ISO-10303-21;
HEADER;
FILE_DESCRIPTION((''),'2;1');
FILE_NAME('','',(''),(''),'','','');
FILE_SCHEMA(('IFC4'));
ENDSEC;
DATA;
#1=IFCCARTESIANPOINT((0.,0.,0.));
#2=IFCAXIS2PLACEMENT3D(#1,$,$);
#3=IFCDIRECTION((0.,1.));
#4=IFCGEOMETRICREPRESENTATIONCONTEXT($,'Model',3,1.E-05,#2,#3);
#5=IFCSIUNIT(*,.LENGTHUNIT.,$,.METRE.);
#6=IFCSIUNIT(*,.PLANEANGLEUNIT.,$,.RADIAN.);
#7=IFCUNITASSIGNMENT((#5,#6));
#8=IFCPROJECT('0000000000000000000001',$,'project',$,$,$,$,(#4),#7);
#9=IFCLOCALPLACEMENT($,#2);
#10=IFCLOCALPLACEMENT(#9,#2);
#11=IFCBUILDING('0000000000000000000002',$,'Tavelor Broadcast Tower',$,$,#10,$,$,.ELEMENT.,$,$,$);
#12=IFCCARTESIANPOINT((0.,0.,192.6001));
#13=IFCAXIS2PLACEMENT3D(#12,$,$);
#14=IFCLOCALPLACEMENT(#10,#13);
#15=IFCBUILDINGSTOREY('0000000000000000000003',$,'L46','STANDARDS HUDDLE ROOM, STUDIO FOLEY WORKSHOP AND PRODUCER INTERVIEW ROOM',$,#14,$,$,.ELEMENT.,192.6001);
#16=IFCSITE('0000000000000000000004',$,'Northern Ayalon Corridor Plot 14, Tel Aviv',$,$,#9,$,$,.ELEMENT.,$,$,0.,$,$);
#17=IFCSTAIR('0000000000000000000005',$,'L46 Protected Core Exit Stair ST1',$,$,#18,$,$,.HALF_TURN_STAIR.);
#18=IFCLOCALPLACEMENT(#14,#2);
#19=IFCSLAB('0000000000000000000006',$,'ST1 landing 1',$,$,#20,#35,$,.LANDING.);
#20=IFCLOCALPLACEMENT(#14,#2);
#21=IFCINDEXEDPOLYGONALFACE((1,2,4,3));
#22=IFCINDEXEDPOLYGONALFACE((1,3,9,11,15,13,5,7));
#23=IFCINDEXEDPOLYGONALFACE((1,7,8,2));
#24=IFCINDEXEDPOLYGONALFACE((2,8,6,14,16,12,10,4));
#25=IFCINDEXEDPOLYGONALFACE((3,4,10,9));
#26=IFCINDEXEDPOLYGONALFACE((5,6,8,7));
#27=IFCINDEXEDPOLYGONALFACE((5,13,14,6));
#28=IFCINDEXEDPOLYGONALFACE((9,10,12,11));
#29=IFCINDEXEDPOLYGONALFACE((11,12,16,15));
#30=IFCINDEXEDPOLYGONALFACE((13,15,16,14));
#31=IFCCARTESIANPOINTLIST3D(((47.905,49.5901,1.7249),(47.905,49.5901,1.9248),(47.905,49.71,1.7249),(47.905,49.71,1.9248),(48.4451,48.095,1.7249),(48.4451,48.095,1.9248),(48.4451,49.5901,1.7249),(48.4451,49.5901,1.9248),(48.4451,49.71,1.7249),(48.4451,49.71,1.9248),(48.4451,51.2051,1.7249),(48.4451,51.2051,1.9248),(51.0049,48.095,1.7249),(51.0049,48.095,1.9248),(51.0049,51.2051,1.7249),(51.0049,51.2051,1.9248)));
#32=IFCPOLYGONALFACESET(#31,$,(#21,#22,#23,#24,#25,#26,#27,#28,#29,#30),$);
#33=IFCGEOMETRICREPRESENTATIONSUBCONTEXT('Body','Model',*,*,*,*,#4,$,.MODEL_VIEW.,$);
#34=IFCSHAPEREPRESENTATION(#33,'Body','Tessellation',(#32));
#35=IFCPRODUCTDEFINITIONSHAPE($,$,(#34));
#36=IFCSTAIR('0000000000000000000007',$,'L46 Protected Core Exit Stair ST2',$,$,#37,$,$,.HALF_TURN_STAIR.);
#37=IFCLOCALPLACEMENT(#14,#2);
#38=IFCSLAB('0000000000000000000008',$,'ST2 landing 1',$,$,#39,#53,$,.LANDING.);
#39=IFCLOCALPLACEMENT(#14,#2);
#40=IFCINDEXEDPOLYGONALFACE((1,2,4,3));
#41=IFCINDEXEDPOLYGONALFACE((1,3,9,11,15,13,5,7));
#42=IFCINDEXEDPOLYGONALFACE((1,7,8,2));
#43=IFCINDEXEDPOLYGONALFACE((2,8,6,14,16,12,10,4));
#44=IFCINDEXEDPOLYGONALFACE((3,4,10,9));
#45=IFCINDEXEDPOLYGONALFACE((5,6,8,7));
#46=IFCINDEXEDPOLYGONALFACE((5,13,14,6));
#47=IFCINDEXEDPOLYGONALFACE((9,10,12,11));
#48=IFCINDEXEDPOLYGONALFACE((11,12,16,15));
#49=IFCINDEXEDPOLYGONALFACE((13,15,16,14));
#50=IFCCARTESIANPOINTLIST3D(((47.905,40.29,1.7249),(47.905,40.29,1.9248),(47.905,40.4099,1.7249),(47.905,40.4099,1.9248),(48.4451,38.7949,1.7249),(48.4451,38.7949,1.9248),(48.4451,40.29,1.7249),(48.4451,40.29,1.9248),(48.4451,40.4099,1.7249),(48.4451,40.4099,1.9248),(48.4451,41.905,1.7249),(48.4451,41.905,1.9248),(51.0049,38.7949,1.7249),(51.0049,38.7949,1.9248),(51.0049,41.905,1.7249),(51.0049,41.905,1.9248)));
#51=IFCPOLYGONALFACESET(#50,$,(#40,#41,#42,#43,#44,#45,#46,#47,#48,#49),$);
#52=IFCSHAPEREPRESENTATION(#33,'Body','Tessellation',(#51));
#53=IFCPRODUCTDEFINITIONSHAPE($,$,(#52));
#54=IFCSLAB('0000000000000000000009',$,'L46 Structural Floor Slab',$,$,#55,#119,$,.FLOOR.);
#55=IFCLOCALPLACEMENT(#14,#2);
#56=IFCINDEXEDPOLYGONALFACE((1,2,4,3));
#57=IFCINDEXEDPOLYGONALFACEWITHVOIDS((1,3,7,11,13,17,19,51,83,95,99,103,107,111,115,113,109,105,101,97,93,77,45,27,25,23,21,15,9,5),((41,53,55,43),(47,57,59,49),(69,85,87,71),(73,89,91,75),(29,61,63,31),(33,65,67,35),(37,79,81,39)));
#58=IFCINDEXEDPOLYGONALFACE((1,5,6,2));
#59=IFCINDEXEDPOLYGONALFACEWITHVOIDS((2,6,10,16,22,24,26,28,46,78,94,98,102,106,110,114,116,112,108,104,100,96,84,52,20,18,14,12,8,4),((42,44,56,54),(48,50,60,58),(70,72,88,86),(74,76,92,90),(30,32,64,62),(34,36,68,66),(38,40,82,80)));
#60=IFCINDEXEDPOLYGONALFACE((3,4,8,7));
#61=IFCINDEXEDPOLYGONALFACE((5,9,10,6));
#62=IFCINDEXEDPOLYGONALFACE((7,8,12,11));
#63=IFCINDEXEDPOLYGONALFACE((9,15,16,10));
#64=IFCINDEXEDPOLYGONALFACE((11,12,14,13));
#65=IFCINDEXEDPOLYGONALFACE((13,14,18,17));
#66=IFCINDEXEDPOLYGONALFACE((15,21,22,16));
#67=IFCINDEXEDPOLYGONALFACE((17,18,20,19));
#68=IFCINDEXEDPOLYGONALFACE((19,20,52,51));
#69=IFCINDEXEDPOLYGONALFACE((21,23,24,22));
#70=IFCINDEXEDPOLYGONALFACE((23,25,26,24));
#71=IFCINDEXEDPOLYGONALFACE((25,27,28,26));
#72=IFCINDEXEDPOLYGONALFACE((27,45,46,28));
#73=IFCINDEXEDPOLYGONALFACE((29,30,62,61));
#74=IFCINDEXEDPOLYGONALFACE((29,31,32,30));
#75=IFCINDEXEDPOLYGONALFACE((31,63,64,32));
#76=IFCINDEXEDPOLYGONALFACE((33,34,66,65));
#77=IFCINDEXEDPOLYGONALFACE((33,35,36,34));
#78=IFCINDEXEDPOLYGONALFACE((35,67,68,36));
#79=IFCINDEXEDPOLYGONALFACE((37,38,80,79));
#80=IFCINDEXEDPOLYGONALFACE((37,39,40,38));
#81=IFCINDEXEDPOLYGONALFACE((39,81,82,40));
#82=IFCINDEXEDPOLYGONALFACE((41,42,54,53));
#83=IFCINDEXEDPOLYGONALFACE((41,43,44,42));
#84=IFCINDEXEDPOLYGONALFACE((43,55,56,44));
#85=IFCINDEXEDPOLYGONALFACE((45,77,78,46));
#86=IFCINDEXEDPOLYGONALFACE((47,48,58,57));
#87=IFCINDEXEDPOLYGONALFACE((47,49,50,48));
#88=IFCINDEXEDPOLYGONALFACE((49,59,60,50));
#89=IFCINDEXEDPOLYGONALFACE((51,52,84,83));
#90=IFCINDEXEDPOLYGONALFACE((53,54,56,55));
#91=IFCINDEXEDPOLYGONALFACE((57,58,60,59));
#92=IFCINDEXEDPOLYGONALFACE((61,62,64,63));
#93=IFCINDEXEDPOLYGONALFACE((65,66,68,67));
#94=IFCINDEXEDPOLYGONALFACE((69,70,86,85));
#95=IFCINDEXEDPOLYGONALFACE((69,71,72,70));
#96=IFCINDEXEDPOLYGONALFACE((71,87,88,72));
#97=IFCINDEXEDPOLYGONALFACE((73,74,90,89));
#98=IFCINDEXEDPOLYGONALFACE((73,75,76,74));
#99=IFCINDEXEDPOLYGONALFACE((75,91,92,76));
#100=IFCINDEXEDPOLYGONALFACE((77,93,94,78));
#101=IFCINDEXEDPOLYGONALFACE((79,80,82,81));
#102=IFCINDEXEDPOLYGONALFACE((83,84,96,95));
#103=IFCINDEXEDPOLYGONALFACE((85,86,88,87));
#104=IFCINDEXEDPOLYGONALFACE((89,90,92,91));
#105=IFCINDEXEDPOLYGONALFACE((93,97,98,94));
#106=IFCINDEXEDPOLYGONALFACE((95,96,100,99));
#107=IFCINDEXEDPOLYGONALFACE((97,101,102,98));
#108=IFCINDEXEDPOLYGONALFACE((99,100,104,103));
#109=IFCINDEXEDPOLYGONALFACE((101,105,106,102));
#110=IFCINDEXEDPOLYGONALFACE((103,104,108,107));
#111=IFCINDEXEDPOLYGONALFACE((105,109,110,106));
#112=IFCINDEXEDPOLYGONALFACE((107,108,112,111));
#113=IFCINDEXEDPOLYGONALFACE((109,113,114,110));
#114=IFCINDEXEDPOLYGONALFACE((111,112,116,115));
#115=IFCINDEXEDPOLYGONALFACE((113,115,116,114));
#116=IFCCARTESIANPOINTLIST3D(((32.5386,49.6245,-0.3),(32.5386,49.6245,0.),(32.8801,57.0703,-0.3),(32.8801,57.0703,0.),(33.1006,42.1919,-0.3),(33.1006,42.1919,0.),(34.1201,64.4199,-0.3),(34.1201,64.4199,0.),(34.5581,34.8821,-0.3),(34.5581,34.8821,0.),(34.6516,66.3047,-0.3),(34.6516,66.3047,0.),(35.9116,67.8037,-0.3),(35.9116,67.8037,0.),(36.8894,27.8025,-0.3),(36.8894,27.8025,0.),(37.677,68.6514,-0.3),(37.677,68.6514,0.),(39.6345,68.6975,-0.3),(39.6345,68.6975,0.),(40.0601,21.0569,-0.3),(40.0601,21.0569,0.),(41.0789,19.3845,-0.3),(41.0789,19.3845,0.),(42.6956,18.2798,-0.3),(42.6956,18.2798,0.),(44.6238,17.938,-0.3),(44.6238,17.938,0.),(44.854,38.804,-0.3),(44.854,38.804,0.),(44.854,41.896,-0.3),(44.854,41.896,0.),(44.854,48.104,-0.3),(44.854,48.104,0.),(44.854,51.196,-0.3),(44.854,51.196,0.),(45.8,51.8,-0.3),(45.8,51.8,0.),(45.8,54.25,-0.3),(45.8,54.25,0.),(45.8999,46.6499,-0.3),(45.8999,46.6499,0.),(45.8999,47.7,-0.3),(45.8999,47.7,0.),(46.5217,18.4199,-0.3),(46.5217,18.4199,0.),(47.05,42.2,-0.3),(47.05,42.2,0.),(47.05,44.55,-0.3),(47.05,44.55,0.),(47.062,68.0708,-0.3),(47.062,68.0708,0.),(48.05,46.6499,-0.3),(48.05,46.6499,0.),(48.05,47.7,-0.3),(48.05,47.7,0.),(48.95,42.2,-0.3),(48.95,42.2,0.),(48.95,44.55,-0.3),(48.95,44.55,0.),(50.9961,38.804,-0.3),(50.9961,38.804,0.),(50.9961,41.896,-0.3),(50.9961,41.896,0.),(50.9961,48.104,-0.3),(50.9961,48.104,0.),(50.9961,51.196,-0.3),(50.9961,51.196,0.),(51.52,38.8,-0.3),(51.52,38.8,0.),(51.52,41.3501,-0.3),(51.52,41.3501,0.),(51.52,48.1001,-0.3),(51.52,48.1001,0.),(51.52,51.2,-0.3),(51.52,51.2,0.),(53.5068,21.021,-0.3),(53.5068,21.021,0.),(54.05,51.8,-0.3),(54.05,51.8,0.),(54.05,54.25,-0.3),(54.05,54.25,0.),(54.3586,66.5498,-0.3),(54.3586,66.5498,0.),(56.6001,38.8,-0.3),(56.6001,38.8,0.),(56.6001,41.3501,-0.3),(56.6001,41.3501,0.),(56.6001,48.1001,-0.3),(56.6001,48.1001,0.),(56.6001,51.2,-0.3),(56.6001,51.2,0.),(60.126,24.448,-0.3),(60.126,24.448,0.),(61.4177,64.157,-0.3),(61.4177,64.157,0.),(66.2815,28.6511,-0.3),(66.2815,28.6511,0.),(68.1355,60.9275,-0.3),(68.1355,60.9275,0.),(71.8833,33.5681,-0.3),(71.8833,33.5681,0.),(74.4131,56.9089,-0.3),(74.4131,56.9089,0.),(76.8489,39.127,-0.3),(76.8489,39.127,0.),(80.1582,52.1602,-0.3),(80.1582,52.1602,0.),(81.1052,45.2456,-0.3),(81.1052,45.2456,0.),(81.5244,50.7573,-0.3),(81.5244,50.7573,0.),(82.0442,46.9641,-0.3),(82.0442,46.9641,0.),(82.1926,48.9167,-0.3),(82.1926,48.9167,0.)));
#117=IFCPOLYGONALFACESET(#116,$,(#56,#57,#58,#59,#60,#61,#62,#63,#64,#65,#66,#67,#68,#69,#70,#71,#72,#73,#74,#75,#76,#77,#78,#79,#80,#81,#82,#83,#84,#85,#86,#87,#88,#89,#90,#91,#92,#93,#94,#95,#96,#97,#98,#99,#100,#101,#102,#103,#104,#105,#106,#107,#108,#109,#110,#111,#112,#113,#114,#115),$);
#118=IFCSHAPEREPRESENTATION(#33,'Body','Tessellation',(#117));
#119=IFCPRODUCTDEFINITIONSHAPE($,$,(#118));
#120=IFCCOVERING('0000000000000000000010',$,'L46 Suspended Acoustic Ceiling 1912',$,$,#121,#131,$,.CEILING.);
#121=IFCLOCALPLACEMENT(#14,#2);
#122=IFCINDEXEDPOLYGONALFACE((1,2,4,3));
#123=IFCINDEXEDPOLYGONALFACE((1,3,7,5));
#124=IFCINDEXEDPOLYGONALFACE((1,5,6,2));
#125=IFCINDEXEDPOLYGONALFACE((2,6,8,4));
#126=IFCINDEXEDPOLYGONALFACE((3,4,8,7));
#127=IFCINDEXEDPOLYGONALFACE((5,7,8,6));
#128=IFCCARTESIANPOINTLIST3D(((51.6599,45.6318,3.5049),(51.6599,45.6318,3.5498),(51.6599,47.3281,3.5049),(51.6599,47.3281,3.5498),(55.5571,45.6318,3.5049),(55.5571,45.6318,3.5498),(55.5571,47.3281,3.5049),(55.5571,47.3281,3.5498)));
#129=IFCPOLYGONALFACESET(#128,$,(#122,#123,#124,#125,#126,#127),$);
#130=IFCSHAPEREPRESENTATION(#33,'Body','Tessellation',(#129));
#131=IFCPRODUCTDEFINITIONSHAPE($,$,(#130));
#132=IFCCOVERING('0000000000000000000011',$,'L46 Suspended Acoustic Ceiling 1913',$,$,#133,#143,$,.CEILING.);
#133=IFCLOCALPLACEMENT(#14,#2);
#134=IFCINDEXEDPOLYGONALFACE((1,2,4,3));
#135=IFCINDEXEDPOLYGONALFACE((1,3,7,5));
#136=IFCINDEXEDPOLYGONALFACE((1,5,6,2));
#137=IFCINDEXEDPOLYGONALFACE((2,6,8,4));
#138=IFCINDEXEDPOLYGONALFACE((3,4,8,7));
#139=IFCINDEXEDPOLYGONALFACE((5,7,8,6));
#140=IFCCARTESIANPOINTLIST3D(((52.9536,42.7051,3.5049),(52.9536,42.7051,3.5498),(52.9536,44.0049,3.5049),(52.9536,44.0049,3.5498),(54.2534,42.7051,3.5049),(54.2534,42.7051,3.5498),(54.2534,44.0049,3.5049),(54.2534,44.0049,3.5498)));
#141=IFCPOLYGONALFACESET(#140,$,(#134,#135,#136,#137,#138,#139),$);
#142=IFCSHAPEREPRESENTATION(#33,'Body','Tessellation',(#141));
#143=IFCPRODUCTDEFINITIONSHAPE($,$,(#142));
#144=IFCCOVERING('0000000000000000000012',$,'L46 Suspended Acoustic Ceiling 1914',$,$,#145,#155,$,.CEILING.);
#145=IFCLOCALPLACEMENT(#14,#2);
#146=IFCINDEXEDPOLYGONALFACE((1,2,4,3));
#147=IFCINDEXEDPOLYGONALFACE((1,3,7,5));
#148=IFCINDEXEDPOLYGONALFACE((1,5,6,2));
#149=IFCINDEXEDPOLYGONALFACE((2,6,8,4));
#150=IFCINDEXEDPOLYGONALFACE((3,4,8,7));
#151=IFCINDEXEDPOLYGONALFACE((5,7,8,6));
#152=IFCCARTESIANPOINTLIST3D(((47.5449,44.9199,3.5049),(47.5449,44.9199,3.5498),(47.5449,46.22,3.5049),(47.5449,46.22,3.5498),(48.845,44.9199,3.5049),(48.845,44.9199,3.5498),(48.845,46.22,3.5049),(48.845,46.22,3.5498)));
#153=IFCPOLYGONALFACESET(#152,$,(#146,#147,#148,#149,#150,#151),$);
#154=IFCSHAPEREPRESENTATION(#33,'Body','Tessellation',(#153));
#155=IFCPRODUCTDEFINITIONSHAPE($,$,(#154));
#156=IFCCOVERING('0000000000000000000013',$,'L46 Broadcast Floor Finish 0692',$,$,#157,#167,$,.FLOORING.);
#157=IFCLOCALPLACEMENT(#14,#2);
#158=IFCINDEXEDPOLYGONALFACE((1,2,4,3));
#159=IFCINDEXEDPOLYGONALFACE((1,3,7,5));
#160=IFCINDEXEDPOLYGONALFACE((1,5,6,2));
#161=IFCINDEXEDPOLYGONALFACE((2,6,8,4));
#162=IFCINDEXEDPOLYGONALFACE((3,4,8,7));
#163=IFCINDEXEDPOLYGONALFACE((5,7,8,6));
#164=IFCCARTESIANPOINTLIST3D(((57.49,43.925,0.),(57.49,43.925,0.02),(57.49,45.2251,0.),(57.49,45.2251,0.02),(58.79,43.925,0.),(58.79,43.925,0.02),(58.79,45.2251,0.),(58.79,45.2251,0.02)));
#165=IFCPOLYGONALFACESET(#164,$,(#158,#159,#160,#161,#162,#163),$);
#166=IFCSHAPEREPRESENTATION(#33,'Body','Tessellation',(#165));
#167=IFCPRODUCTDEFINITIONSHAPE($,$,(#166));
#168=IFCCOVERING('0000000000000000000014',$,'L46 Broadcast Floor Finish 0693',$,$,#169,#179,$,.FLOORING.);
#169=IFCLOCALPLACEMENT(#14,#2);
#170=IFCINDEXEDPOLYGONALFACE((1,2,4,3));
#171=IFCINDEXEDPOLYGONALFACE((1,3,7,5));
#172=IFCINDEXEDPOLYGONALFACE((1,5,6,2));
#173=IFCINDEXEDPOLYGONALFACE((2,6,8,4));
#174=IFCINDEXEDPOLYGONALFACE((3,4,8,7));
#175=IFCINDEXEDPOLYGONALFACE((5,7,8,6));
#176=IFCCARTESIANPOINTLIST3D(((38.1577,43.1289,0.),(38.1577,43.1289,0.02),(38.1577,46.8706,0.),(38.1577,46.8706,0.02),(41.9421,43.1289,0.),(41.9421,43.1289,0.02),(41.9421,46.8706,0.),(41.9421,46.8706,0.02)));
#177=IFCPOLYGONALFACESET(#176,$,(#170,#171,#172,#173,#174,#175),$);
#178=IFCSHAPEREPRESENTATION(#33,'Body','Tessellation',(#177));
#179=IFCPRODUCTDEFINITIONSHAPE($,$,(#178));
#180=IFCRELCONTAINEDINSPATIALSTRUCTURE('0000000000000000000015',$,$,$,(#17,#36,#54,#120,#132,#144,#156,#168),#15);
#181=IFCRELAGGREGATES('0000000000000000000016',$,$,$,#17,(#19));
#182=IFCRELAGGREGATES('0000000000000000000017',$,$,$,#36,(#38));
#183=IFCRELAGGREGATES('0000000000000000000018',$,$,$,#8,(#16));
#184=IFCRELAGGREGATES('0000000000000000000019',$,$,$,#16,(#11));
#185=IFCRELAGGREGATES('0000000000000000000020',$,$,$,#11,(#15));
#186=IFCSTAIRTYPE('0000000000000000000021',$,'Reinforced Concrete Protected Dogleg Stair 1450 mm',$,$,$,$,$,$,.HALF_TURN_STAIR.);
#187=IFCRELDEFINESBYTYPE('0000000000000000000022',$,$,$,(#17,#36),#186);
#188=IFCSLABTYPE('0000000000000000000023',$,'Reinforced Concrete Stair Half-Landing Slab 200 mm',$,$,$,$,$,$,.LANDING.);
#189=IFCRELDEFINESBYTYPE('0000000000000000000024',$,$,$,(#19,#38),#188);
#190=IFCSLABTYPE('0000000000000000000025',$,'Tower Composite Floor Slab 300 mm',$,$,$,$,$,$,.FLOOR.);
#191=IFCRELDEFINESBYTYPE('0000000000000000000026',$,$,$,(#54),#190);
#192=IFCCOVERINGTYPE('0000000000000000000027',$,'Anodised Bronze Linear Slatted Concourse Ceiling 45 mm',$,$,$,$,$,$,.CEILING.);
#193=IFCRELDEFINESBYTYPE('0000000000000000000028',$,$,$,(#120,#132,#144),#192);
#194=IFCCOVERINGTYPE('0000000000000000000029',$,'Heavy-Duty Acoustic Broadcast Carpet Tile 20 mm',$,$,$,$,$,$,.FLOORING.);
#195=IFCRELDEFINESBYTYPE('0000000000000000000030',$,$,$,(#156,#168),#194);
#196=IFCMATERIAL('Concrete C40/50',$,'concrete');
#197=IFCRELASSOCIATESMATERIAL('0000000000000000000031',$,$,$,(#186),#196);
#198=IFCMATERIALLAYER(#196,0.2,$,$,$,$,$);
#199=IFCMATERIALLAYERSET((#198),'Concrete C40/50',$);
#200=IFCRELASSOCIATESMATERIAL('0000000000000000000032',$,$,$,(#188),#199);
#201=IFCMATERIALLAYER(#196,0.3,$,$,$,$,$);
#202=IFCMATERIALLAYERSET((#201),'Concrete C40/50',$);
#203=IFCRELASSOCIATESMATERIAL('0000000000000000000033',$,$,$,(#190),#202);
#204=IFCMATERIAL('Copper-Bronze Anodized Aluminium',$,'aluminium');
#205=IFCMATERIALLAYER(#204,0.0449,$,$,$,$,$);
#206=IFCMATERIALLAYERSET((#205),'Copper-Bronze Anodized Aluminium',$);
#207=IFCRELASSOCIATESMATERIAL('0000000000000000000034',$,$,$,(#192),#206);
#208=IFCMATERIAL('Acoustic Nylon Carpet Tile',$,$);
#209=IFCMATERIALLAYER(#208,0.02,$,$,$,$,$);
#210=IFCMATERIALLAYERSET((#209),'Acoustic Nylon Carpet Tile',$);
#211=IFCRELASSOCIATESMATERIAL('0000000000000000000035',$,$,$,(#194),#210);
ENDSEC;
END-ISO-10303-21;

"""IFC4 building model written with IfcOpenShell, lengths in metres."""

from ifc_helpers import new_model, si_unit, direction, frame, origin, place, context, subcontext, project, spatial, polyline, outline, extrude, material, layer, layer_set, type_object, element, aggregate, save


model = new_model("IFC4")

# Units and contexts
model_context = context("Model", 3, precision=1e-05, world=origin(), true_north=direction((0.0, 1.0)))
body_context = subcontext(model_context, "Body", "Model", "MODEL_VIEW")
ifc_project = project(units=[si_unit("LENGTHUNIT", "METRE"), si_unit("PLANEANGLEUNIT", "RADIAN")], contexts=[model_context])

# Site, building, storey
site_placement = place(None, origin())
site = spatial("IfcSite", under=ifc_project, at=site_placement, Name="Northern Ayalon Corridor Plot 14, Tel Aviv", CompositionType="ELEMENT", RefElevation=0.0)
building_placement = place(site_placement, origin())
building = spatial("IfcBuilding", under=site, at=building_placement, Name="Tavelor Broadcast Tower", CompositionType="ELEMENT")
storey_placement = place(building_placement, frame((0.0, 0.0, 192.6001)))
storey = spatial("IfcBuildingStorey", under=building, at=storey_placement, Name="L46", Description="STANDARDS HUDDLE ROOM, STUDIO FOLEY WORKSHOP AND PRODUCER INTERVIEW ROOM", CompositionType="ELEMENT", Elevation=192.6001)

# Stairs, slabs
ifc_material_1 = material(Name="Concrete C40/50", Category="concrete")
stair_type = type_object("IfcStairType", Name="Reinforced Concrete Protected Dogleg Stair 1450 mm", PredefinedType="HALF_TURN_STAIR", material=ifc_material_1)
stair_1_placement = place(storey_placement, origin())
stair_1 = element("IfcStair", 1, at=stair_1_placement, inside=storey, type_object=stair_type, Name="L46 Protected Core Exit Stair ST1", PredefinedType="HALF_TURN_STAIR")
ifc_layer_1 = layer(ifc_material_1, 0.2)
ifc_layer_set_1 = layer_set([ifc_layer_1], Name="Concrete C40/50")
slab_type_1 = type_object("IfcSlabType", Name="Reinforced Concrete Stair Half-Landing Slab 200 mm", PredefinedType="LANDING", material=ifc_layer_set_1)
slab_1_placement = place(storey_placement, frame((0.0, 0.0, 1.7249)))
slab_1 = element("IfcSlab", 2, at=slab_1_placement, type_object=slab_type_1, Name="ST1 landing 1", PredefinedType="LANDING", context=body_context, shape_type="SweptSolid", body=[
    extrude(outline(polyline([(48.4451, 49.5901), (48.4451, 48.095), (51.0049, 48.095), (51.0049, 51.2051), (48.4451, 51.2051), (48.4451, 49.71), (47.905, 49.71), (47.905, 49.5901), (48.4451, 49.5901)])), origin(), (0.0, 0.0, 1.0), 0.2),
])
aggregate(stair_1, [slab_1])
stair_2_placement = place(storey_placement, origin())
stair_2 = element("IfcStair", 3, at=stair_2_placement, inside=storey, type_object=stair_type, Name="L46 Protected Core Exit Stair ST2", PredefinedType="HALF_TURN_STAIR")
slab_2_placement = place(storey_placement, frame((0.0, 0.0, 1.7249)))
slab_2 = element("IfcSlab", 4, at=slab_2_placement, type_object=slab_type_1, Name="ST2 landing 1", PredefinedType="LANDING", context=body_context, shape_type="SweptSolid", body=[
    extrude(outline(polyline([(48.4451, 40.29), (48.4451, 38.7949), (51.0049, 38.7949), (51.0049, 41.905), (48.4451, 41.905), (48.4451, 40.4099), (47.905, 40.4099), (47.905, 40.29), (48.4451, 40.29)])), origin(), (0.0, 0.0, 1.0), 0.2),
])
aggregate(stair_2, [slab_2])

# Slab
ifc_layer_2 = layer(ifc_material_1, 0.3)
ifc_layer_set_2 = layer_set([ifc_layer_2], Name="Concrete C40/50")
slab_type_2 = type_object("IfcSlabType", Name="Tower Composite Floor Slab 300 mm", PredefinedType="FLOOR", material=ifc_layer_set_2)
slab_3_placement = place(storey_placement, frame((0.0, 0.0, -0.3)))
element("IfcSlab", 5, at=slab_3_placement, inside=storey, type_object=slab_type_2, Name="L46 Structural Floor Slab", PredefinedType="FLOOR", context=body_context, shape_type="SweptSolid", body=[
    extrude(outline(polyline([(39.6345, 68.6975), (37.677, 68.6514), (35.9116, 67.8037), (34.6516, 66.3047), (34.1201, 64.4199), (32.8801, 57.0703), (32.5386, 49.6245), (33.1006, 42.1919), (34.5581, 34.8821), (36.8894, 27.8025), (40.0601, 21.0569), (41.0789, 19.3845), (42.6956, 18.2798), (44.6238, 17.938), (46.5217, 18.4199), (53.5068, 21.021), (60.126, 24.448), (66.2815, 28.6511), (71.8833, 33.5681), (76.8489, 39.127), (81.1052, 45.2456), (82.0442, 46.9641), (82.1926, 48.9167), (81.5244, 50.7573), (80.1582, 52.1602), (74.4131, 56.9089), (68.1355, 60.9275), (61.4177, 64.157), (54.3586, 66.5498), (47.062, 68.0708), (39.6345, 68.6975)]), holes=[polyline([(56.6001, 41.3501), (56.6001, 38.8), (51.52, 38.8), (51.52, 41.3501), (56.6001, 41.3501)]), polyline([(50.9961, 38.804), (44.854, 38.804), (44.854, 41.896), (50.9961, 41.896), (50.9961, 38.804)]), polyline([(47.05, 42.2), (47.05, 44.55), (48.95, 44.55), (48.95, 42.2), (47.05, 42.2)]), polyline([(48.05, 46.6499), (45.8999, 46.6499), (45.8999, 47.7), (48.05, 47.7), (48.05, 46.6499)]), polyline([(50.9961, 48.104), (44.854, 48.104), (44.854, 51.196), (50.9961, 51.196), (50.9961, 48.104)]), polyline([(56.6001, 48.1001), (51.52, 48.1001), (51.52, 51.2), (56.6001, 51.2), (56.6001, 48.1001)]), polyline([(54.05, 51.8), (45.8, 51.8), (45.8, 54.25), (54.05, 54.25), (54.05, 51.8)])]), origin(), (0.0, 0.0, 1.0), 0.3),
])

# Coverings
ifc_material_2 = material(Name="Copper-Bronze Anodized Aluminium", Category="aluminium")
ifc_layer_3 = layer(ifc_material_2, 0.0449)
ifc_layer_set_3 = layer_set([ifc_layer_3], Name="Copper-Bronze Anodized Aluminium")
covering_type_1 = type_object("IfcCoveringType", Name="Anodised Bronze Linear Slatted Concourse Ceiling 45 mm", PredefinedType="CEILING", material=ifc_layer_set_3)
covering_1_placement = place(storey_placement, frame((0.0, 0.0, 3.5049)))
element("IfcCovering", 6, at=covering_1_placement, inside=storey, type_object=covering_type_1, Name="L46 Suspended Acoustic Ceiling 1912", PredefinedType="CEILING", context=body_context, shape_type="SweptSolid", body=[
    extrude(outline(polyline([(51.6599, 45.6318), (55.5571, 45.6318), (55.5571, 47.3281), (51.6599, 47.3281), (51.6599, 45.6318)])), origin(), (0.0, 0.0, 1.0), 0.0449),
])
covering_2_placement = place(storey_placement, frame((0.0, 0.0, 3.5049)))
element("IfcCovering", 7, at=covering_2_placement, inside=storey, type_object=covering_type_1, Name="L46 Suspended Acoustic Ceiling 1913", PredefinedType="CEILING", context=body_context, shape_type="SweptSolid", body=[
    extrude(outline(polyline([(52.9536, 42.7051), (54.2534, 42.7051), (54.2534, 44.0049), (52.9536, 44.0049), (52.9536, 42.7051)])), origin(), (0.0, 0.0, 1.0), 0.0449),
])
covering_3_placement = place(storey_placement, frame((0.0, 0.0, 3.5049)))
element("IfcCovering", 8, at=covering_3_placement, inside=storey, type_object=covering_type_1, Name="L46 Suspended Acoustic Ceiling 1914", PredefinedType="CEILING", context=body_context, shape_type="SweptSolid", body=[
    extrude(outline(polyline([(47.5449, 44.9199), (48.845, 44.9199), (48.845, 46.22), (47.5449, 46.22), (47.5449, 44.9199)])), origin(), (0.0, 0.0, 1.0), 0.0449),
])
ifc_material_3 = material(Name="Acoustic Nylon Carpet Tile")
ifc_layer_4 = layer(ifc_material_3, 0.02)
ifc_layer_set_4 = layer_set([ifc_layer_4], Name="Acoustic Nylon Carpet Tile")
covering_type_2 = type_object("IfcCoveringType", Name="Heavy-Duty Acoustic Broadcast Carpet Tile 20 mm", PredefinedType="FLOORING", material=ifc_layer_set_4)
covering_4_placement = place(storey_placement, origin())
element("IfcCovering", 9, at=covering_4_placement, inside=storey, type_object=covering_type_2, Name="L46 Broadcast Floor Finish 0692", PredefinedType="FLOORING", context=body_context, shape_type="SweptSolid", body=[
    extrude(outline(polyline([(57.49, 43.925), (58.79, 43.925), (58.79, 45.2251), (57.49, 45.2251), (57.49, 43.925)])), origin(), (0.0, 0.0, 1.0), 0.02),
])
covering_5_placement = place(storey_placement, origin())
element("IfcCovering", 10, at=covering_5_placement, inside=storey, type_object=covering_type_2, Name="L46 Broadcast Floor Finish 0693", PredefinedType="FLOORING", context=body_context, shape_type="SweptSolid", body=[
    extrude(outline(polyline([(38.1577, 43.1289), (41.9421, 43.1289), (41.9421, 46.8706), (38.1577, 46.8706), (38.1577, 43.1289)])), origin(), (0.0, 0.0, 1.0), 0.02),
])

save(model, "model.ifc")
